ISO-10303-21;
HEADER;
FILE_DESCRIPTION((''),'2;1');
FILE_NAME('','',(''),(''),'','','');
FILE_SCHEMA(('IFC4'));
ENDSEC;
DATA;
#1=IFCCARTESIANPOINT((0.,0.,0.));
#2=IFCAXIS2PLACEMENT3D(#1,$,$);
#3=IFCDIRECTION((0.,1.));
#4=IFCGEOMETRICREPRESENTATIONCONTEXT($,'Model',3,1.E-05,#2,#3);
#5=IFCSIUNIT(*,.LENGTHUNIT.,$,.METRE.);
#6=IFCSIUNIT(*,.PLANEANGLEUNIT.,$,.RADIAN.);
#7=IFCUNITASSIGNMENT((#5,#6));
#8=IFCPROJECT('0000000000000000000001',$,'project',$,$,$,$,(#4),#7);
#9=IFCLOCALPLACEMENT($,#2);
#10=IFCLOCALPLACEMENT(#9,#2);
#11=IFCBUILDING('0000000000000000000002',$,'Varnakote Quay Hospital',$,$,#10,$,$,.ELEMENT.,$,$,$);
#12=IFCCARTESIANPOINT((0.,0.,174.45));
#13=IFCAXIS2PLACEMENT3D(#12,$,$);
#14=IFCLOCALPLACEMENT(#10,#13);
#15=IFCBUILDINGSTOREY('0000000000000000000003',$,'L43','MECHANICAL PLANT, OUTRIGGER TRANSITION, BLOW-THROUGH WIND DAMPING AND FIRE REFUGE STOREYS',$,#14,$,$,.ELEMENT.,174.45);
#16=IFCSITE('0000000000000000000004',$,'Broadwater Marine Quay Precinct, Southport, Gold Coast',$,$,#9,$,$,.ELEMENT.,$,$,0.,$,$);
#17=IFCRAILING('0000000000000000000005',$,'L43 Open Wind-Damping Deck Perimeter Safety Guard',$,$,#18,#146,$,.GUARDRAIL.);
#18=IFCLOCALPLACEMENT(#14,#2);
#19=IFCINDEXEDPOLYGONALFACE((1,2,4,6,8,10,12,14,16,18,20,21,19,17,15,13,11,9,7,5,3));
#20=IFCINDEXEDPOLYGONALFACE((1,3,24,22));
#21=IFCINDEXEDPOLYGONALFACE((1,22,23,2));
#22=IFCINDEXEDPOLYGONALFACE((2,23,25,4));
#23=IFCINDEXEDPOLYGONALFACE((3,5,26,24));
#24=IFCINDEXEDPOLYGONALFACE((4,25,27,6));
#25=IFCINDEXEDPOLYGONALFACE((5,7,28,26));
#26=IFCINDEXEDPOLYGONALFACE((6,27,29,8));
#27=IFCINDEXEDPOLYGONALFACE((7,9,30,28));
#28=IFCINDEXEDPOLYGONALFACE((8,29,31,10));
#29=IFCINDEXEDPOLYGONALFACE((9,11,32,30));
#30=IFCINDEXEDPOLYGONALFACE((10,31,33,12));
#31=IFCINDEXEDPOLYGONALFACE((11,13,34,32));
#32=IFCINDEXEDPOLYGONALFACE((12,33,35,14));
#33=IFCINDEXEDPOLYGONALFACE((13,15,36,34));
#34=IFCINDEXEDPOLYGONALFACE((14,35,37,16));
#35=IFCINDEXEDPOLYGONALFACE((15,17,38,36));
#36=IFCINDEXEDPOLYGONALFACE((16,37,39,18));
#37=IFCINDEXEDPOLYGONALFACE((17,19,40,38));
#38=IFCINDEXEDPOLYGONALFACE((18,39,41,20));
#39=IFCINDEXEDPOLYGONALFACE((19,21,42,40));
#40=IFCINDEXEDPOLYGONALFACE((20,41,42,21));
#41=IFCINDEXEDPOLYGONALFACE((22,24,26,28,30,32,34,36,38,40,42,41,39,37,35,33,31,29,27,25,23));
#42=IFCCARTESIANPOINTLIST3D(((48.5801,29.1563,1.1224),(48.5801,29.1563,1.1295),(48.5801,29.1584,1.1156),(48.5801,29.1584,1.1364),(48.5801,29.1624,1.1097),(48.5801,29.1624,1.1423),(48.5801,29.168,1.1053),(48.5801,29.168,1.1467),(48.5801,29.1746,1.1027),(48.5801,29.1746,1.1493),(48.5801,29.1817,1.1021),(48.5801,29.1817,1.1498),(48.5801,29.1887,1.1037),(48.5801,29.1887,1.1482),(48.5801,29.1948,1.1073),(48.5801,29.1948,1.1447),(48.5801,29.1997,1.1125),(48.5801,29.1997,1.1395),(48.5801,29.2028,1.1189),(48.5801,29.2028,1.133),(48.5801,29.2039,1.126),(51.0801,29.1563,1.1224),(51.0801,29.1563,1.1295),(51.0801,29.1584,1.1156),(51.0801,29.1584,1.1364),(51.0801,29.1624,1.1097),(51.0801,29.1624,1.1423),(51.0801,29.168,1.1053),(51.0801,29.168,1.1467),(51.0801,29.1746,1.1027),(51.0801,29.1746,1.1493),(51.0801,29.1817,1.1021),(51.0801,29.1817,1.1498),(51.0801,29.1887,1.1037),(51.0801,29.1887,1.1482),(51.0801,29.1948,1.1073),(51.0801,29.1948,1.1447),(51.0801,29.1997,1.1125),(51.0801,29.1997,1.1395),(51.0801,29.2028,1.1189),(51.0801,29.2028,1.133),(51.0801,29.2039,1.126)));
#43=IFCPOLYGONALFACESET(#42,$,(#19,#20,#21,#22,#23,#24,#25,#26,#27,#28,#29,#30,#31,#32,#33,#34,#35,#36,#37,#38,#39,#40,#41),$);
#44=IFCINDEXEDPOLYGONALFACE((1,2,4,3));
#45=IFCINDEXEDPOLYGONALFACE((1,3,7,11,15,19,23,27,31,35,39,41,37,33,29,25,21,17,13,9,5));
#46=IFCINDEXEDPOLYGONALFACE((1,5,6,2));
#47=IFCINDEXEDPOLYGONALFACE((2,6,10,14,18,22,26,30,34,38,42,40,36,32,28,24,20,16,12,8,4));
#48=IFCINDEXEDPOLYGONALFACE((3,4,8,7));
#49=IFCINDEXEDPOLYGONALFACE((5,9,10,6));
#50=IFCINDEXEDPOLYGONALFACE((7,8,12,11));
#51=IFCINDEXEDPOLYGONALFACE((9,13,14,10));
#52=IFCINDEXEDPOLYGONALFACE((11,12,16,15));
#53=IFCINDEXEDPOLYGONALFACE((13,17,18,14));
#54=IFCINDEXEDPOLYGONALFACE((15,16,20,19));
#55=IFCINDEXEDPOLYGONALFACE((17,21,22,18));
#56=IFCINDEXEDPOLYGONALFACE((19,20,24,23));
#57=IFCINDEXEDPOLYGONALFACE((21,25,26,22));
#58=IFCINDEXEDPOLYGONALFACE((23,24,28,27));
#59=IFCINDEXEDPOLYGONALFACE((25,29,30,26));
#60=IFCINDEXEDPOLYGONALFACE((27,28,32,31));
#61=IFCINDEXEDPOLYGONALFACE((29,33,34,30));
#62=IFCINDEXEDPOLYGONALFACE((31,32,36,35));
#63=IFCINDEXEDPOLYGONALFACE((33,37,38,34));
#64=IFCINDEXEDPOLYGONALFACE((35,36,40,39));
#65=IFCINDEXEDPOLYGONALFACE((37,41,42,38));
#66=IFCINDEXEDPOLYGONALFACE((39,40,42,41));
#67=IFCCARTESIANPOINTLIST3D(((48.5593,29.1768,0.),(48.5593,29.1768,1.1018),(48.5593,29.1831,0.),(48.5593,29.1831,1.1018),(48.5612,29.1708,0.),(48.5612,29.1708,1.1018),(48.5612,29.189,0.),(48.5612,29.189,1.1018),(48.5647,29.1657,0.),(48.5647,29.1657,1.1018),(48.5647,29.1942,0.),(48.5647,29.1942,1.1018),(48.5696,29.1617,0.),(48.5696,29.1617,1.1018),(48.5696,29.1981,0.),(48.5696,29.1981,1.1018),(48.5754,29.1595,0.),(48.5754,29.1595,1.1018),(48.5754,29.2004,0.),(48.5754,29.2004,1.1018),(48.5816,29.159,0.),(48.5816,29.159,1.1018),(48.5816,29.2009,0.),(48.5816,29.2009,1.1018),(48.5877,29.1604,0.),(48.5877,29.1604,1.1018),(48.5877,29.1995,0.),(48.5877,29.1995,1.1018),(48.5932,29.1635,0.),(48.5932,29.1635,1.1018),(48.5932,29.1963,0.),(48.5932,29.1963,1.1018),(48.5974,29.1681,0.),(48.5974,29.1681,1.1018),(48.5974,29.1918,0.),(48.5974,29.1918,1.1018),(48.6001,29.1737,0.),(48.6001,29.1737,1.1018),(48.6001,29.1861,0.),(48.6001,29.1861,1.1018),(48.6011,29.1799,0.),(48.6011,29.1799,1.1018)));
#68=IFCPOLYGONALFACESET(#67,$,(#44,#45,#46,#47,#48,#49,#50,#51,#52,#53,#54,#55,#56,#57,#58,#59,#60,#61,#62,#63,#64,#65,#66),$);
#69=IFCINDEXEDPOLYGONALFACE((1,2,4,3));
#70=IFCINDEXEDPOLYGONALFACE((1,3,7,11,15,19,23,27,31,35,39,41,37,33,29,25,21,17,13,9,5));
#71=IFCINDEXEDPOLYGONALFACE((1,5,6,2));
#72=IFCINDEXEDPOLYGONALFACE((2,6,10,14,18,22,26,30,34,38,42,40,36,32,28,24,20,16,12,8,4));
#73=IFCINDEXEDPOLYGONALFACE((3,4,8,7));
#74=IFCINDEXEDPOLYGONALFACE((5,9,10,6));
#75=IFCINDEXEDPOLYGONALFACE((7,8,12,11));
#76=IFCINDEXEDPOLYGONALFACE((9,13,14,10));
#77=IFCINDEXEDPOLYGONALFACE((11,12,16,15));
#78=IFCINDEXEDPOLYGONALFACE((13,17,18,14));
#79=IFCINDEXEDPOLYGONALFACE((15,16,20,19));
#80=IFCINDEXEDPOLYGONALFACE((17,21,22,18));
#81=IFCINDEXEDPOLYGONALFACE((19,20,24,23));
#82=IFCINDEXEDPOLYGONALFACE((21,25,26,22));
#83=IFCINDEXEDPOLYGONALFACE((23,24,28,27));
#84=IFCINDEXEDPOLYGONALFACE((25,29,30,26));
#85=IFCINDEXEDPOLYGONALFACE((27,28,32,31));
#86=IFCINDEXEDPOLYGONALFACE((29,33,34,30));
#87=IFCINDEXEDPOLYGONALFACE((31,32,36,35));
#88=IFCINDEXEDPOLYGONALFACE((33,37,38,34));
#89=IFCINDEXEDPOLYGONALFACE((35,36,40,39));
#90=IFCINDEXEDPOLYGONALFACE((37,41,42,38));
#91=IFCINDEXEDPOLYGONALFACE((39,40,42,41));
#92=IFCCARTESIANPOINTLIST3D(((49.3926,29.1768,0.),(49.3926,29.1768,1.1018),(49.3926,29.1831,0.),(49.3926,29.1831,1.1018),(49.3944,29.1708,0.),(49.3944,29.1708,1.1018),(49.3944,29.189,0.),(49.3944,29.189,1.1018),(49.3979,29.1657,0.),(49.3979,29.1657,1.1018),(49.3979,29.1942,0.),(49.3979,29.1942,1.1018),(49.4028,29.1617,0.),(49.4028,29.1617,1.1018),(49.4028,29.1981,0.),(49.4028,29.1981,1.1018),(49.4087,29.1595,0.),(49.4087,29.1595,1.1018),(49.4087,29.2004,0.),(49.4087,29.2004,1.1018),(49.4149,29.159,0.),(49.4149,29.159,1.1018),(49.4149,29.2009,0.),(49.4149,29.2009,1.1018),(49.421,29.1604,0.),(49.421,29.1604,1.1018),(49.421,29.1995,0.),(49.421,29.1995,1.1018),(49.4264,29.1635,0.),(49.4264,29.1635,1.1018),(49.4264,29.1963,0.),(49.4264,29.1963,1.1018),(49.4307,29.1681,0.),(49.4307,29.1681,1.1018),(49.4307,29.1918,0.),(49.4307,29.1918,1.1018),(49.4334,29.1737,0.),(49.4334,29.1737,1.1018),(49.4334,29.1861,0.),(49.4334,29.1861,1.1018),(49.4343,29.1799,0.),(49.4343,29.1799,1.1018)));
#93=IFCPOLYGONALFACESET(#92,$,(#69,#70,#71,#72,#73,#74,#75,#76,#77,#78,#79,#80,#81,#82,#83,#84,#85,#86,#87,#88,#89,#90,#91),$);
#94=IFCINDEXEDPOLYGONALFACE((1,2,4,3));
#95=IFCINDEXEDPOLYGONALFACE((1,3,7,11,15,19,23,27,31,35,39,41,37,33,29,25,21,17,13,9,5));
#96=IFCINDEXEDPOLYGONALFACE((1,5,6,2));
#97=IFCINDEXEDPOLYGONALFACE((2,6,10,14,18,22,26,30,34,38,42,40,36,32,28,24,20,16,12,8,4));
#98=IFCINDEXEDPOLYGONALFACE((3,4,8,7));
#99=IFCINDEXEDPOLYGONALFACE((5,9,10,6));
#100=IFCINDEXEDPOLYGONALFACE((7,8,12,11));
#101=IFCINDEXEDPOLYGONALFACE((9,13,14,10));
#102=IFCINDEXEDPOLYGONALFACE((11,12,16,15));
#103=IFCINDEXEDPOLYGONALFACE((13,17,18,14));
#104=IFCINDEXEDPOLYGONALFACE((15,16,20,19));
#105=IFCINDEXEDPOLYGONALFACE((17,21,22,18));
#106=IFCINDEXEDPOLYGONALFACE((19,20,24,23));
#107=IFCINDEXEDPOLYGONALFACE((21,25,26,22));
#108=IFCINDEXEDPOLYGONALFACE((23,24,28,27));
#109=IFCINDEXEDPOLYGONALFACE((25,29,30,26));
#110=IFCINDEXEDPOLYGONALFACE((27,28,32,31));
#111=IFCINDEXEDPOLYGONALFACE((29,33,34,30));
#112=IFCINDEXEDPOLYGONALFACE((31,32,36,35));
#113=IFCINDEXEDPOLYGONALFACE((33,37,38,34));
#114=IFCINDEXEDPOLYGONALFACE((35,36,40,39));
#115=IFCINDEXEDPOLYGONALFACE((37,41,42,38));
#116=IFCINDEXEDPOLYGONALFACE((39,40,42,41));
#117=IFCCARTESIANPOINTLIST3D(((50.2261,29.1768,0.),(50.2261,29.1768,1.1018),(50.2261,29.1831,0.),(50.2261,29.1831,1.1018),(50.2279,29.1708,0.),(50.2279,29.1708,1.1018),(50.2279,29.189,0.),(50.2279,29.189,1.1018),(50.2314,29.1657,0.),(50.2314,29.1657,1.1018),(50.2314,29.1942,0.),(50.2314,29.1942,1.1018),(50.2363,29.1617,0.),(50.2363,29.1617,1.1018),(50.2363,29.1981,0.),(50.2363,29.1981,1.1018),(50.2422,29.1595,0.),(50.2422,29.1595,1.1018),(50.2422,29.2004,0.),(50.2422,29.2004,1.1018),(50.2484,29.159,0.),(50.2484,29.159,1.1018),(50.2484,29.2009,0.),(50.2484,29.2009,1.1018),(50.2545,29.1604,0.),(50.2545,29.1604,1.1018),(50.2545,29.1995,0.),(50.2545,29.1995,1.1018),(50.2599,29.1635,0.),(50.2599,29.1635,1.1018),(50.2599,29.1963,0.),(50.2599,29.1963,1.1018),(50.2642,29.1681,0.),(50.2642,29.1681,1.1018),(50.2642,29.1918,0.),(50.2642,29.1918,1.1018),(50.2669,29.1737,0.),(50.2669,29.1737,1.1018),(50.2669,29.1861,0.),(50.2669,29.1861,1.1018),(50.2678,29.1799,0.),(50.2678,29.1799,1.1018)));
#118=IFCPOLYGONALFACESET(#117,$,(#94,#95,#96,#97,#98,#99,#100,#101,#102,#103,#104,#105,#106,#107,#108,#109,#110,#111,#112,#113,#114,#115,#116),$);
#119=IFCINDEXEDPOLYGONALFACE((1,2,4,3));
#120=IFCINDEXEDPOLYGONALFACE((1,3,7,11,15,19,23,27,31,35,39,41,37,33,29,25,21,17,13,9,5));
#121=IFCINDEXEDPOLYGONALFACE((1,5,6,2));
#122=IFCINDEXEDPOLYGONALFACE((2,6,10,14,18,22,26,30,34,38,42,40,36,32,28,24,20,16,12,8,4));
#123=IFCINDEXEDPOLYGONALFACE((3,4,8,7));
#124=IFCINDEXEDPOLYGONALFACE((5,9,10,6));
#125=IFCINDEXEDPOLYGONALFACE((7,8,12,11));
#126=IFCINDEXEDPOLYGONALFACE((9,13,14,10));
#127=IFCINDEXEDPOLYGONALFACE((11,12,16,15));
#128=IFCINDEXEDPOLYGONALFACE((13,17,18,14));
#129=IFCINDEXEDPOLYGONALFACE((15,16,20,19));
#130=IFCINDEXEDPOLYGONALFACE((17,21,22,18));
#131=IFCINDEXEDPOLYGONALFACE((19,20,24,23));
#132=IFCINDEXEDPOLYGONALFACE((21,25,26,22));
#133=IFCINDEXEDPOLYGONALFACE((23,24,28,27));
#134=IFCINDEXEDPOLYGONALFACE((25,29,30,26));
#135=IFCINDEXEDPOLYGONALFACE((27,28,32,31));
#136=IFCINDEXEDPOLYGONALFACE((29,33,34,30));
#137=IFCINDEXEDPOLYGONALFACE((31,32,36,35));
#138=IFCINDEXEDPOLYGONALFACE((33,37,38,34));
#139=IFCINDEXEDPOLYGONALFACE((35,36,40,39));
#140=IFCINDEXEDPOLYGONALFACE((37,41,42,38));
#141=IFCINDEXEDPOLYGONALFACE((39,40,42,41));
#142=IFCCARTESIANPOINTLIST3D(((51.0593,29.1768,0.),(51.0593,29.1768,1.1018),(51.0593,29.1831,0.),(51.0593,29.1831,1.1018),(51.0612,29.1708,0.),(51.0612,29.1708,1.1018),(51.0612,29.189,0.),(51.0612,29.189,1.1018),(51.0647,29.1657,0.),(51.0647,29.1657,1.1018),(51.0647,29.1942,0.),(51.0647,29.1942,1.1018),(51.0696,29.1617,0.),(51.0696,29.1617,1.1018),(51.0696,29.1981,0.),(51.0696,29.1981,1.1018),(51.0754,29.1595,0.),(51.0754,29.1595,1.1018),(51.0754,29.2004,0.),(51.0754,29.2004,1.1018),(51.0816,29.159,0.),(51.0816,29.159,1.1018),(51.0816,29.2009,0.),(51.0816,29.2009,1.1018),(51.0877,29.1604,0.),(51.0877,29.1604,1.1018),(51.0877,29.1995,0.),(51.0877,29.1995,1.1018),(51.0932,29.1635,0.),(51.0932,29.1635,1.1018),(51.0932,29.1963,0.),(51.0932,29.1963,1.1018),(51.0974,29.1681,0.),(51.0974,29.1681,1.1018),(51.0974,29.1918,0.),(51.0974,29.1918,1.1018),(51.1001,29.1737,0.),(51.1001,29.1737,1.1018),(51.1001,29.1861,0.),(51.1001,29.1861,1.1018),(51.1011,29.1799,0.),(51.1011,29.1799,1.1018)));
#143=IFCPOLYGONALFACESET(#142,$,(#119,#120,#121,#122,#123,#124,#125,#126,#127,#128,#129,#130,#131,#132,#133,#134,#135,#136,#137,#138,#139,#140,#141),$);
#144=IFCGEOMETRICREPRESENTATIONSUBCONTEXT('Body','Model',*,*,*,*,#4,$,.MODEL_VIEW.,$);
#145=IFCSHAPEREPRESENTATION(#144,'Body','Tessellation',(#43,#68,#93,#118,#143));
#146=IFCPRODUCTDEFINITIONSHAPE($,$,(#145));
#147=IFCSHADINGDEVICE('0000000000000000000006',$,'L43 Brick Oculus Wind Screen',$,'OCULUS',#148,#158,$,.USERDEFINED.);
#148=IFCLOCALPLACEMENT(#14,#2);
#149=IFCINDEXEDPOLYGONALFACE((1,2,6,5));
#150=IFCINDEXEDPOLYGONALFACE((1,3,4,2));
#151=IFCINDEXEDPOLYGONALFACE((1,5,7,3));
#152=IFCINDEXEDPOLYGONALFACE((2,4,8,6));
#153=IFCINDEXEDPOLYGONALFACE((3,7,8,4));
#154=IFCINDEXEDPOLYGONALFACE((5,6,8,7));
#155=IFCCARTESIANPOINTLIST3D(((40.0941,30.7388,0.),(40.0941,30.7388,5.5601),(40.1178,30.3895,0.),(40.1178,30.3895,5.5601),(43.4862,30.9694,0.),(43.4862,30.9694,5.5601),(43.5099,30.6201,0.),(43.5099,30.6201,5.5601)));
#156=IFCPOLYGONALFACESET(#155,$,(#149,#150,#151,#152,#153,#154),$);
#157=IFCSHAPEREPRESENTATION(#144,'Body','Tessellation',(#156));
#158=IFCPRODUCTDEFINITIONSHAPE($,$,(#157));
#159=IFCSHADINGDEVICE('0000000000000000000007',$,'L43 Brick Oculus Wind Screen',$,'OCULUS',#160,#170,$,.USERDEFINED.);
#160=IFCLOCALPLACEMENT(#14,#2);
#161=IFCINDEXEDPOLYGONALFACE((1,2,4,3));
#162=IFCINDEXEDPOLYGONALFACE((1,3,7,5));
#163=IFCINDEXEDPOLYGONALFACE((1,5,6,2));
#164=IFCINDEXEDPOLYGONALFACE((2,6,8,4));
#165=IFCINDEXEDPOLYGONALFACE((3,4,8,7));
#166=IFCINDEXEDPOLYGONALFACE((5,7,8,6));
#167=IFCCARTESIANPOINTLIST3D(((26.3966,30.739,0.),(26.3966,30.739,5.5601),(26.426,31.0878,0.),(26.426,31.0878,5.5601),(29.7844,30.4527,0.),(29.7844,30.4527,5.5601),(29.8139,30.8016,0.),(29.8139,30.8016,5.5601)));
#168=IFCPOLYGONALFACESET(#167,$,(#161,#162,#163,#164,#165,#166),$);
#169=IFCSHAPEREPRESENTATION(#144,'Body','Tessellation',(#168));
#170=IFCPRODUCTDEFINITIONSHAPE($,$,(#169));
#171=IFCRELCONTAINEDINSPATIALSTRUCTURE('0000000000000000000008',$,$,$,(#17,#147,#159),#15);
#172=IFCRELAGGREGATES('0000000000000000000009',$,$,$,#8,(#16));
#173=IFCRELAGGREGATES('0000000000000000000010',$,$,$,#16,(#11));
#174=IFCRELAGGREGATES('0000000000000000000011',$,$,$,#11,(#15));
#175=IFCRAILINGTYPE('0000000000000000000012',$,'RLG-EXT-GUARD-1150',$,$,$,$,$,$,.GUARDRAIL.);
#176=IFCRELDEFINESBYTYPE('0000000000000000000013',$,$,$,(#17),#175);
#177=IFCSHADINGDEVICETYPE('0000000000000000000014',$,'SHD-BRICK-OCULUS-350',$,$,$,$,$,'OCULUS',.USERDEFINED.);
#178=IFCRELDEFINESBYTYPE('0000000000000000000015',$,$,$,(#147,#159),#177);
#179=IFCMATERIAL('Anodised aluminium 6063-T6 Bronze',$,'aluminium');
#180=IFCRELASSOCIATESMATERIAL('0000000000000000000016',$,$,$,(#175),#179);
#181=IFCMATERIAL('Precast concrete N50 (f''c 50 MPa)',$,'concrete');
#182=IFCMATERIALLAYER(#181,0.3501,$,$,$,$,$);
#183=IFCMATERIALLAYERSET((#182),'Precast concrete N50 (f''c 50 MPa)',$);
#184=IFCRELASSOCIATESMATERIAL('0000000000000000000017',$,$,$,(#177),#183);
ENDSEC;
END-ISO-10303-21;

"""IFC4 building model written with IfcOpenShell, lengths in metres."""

from ifc_helpers import new_model, si_unit, direction, frame, origin, origin_2d, place, context, subcontext, project, spatial, rectangle, circle, extrude, material, layer, layer_set, type_object, element, save


model = new_model("IFC4")

# Units and contexts
model_context = context("Model", 3, precision=1e-05, world=origin(), true_north=direction((0.0, 1.0)))
body_context = subcontext(model_context, "Body", "Model", "MODEL_VIEW")
ifc_project = project(units=[si_unit("LENGTHUNIT", "METRE"), si_unit("PLANEANGLEUNIT", "RADIAN")], contexts=[model_context])

# Site, building, storey
site_placement = place(None, origin())
site = spatial("IfcSite", under=ifc_project, at=site_placement, Name="Broadwater Marine Quay Precinct, Southport, Gold Coast", CompositionType="ELEMENT", RefElevation=0.0)
building_placement = place(site_placement, origin())
building = spatial("IfcBuilding", under=site, at=building_placement, Name="Varnakote Quay Hospital", CompositionType="ELEMENT")
storey_placement = place(building_placement, frame((0.0, 0.0, 174.45)))
storey = spatial("IfcBuildingStorey", under=building, at=storey_placement, Name="L43", Description="MECHANICAL PLANT, OUTRIGGER TRANSITION, BLOW-THROUGH WIND DAMPING AND FIRE REFUGE STOREYS", CompositionType="ELEMENT", Elevation=174.45)

# Railing
ifc_material_1 = material(Name="Anodised aluminium 6063-T6 Bronze", Category="aluminium")
railing_type = type_object("IfcRailingType", Name="RLG-EXT-GUARD-1150", PredefinedType="GUARDRAIL", material=ifc_material_1)
railing_1_placement = place(storey_placement, frame((48.5801, 29.1799, 0.0)))
element("IfcRailing", 1, at=railing_1_placement, inside=storey, type_object=railing_type, Name="L43 Open Wind-Damping Deck Perimeter Safety Guard", PredefinedType="GUARDRAIL", context=body_context, shape_type="SweptSolid", body=[
    extrude(circle(Radius=0.0239, at=origin_2d()), frame((0.0, 0.0, 1.126), z_axis=(1.0, 0.0, 0.0), x_axis=(0.0, 1.0, 0.0)), (0.0, 0.0, 1.0), 2.5),
    extrude(circle(Radius=0.021, at=origin_2d()), origin(), (0.0, 0.0, 1.0), 1.1018),
    extrude(circle(Radius=0.021, at=origin_2d()), frame((0.8333, 0.0, 0.0)), (0.0, 0.0, 1.0), 1.1018),
    extrude(circle(Radius=0.021, at=origin_2d()), frame((1.6667, 0.0, 0.0)), (0.0, 0.0, 1.0), 1.1018),
    extrude(circle(Radius=0.021, at=origin_2d()), frame((2.5, 0.0, 0.0)), (0.0, 0.0, 1.0), 1.1018),
])

# Shading devices
ifc_material_2 = material(Name="Precast concrete N50 (f'c 50 MPa)", Category="concrete")
ifc_layer_1 = layer(ifc_material_2, 0.3501)
ifc_layer_set_1 = layer_set([ifc_layer_1], Name="Precast concrete N50 (f'c 50 MPa)")
shading_device_type = type_object("IfcShadingDeviceType", Name="SHD-BRICK-OCULUS-350", ElementType="OCULUS", PredefinedType="USERDEFINED", material=ifc_layer_set_1)
for number, where, z_axis, x_axis, name in (
    (2, (41.802, 30.6794, 0.0), (0.0, 0.0, 1.0), (-0.997696, -0.067841, 0.0), "L43 Brick Oculus Wind Screen"),
    (3, (28.1052, 30.7703, 0.0), (0.0, 0.0, 1.0), (-0.996449, 0.0842, 0.0), "L43 Brick Oculus Wind Screen"),
):
    element("IfcShadingDevice", number, at=place(storey_placement, frame(where, z_axis=z_axis, x_axis=x_axis)), inside=storey, type_object=shading_device_type, Name=name, ObjectType="OCULUS", PredefinedType="USERDEFINED", context=body_context, shape_type="SweptSolid", body=[
        extrude(rectangle(XDim=3.3999, YDim=0.3501, at=origin_2d()), origin(), (0.0, 0.0, 1.0), 5.5601),
    ])

save(model, "model.ifc")
